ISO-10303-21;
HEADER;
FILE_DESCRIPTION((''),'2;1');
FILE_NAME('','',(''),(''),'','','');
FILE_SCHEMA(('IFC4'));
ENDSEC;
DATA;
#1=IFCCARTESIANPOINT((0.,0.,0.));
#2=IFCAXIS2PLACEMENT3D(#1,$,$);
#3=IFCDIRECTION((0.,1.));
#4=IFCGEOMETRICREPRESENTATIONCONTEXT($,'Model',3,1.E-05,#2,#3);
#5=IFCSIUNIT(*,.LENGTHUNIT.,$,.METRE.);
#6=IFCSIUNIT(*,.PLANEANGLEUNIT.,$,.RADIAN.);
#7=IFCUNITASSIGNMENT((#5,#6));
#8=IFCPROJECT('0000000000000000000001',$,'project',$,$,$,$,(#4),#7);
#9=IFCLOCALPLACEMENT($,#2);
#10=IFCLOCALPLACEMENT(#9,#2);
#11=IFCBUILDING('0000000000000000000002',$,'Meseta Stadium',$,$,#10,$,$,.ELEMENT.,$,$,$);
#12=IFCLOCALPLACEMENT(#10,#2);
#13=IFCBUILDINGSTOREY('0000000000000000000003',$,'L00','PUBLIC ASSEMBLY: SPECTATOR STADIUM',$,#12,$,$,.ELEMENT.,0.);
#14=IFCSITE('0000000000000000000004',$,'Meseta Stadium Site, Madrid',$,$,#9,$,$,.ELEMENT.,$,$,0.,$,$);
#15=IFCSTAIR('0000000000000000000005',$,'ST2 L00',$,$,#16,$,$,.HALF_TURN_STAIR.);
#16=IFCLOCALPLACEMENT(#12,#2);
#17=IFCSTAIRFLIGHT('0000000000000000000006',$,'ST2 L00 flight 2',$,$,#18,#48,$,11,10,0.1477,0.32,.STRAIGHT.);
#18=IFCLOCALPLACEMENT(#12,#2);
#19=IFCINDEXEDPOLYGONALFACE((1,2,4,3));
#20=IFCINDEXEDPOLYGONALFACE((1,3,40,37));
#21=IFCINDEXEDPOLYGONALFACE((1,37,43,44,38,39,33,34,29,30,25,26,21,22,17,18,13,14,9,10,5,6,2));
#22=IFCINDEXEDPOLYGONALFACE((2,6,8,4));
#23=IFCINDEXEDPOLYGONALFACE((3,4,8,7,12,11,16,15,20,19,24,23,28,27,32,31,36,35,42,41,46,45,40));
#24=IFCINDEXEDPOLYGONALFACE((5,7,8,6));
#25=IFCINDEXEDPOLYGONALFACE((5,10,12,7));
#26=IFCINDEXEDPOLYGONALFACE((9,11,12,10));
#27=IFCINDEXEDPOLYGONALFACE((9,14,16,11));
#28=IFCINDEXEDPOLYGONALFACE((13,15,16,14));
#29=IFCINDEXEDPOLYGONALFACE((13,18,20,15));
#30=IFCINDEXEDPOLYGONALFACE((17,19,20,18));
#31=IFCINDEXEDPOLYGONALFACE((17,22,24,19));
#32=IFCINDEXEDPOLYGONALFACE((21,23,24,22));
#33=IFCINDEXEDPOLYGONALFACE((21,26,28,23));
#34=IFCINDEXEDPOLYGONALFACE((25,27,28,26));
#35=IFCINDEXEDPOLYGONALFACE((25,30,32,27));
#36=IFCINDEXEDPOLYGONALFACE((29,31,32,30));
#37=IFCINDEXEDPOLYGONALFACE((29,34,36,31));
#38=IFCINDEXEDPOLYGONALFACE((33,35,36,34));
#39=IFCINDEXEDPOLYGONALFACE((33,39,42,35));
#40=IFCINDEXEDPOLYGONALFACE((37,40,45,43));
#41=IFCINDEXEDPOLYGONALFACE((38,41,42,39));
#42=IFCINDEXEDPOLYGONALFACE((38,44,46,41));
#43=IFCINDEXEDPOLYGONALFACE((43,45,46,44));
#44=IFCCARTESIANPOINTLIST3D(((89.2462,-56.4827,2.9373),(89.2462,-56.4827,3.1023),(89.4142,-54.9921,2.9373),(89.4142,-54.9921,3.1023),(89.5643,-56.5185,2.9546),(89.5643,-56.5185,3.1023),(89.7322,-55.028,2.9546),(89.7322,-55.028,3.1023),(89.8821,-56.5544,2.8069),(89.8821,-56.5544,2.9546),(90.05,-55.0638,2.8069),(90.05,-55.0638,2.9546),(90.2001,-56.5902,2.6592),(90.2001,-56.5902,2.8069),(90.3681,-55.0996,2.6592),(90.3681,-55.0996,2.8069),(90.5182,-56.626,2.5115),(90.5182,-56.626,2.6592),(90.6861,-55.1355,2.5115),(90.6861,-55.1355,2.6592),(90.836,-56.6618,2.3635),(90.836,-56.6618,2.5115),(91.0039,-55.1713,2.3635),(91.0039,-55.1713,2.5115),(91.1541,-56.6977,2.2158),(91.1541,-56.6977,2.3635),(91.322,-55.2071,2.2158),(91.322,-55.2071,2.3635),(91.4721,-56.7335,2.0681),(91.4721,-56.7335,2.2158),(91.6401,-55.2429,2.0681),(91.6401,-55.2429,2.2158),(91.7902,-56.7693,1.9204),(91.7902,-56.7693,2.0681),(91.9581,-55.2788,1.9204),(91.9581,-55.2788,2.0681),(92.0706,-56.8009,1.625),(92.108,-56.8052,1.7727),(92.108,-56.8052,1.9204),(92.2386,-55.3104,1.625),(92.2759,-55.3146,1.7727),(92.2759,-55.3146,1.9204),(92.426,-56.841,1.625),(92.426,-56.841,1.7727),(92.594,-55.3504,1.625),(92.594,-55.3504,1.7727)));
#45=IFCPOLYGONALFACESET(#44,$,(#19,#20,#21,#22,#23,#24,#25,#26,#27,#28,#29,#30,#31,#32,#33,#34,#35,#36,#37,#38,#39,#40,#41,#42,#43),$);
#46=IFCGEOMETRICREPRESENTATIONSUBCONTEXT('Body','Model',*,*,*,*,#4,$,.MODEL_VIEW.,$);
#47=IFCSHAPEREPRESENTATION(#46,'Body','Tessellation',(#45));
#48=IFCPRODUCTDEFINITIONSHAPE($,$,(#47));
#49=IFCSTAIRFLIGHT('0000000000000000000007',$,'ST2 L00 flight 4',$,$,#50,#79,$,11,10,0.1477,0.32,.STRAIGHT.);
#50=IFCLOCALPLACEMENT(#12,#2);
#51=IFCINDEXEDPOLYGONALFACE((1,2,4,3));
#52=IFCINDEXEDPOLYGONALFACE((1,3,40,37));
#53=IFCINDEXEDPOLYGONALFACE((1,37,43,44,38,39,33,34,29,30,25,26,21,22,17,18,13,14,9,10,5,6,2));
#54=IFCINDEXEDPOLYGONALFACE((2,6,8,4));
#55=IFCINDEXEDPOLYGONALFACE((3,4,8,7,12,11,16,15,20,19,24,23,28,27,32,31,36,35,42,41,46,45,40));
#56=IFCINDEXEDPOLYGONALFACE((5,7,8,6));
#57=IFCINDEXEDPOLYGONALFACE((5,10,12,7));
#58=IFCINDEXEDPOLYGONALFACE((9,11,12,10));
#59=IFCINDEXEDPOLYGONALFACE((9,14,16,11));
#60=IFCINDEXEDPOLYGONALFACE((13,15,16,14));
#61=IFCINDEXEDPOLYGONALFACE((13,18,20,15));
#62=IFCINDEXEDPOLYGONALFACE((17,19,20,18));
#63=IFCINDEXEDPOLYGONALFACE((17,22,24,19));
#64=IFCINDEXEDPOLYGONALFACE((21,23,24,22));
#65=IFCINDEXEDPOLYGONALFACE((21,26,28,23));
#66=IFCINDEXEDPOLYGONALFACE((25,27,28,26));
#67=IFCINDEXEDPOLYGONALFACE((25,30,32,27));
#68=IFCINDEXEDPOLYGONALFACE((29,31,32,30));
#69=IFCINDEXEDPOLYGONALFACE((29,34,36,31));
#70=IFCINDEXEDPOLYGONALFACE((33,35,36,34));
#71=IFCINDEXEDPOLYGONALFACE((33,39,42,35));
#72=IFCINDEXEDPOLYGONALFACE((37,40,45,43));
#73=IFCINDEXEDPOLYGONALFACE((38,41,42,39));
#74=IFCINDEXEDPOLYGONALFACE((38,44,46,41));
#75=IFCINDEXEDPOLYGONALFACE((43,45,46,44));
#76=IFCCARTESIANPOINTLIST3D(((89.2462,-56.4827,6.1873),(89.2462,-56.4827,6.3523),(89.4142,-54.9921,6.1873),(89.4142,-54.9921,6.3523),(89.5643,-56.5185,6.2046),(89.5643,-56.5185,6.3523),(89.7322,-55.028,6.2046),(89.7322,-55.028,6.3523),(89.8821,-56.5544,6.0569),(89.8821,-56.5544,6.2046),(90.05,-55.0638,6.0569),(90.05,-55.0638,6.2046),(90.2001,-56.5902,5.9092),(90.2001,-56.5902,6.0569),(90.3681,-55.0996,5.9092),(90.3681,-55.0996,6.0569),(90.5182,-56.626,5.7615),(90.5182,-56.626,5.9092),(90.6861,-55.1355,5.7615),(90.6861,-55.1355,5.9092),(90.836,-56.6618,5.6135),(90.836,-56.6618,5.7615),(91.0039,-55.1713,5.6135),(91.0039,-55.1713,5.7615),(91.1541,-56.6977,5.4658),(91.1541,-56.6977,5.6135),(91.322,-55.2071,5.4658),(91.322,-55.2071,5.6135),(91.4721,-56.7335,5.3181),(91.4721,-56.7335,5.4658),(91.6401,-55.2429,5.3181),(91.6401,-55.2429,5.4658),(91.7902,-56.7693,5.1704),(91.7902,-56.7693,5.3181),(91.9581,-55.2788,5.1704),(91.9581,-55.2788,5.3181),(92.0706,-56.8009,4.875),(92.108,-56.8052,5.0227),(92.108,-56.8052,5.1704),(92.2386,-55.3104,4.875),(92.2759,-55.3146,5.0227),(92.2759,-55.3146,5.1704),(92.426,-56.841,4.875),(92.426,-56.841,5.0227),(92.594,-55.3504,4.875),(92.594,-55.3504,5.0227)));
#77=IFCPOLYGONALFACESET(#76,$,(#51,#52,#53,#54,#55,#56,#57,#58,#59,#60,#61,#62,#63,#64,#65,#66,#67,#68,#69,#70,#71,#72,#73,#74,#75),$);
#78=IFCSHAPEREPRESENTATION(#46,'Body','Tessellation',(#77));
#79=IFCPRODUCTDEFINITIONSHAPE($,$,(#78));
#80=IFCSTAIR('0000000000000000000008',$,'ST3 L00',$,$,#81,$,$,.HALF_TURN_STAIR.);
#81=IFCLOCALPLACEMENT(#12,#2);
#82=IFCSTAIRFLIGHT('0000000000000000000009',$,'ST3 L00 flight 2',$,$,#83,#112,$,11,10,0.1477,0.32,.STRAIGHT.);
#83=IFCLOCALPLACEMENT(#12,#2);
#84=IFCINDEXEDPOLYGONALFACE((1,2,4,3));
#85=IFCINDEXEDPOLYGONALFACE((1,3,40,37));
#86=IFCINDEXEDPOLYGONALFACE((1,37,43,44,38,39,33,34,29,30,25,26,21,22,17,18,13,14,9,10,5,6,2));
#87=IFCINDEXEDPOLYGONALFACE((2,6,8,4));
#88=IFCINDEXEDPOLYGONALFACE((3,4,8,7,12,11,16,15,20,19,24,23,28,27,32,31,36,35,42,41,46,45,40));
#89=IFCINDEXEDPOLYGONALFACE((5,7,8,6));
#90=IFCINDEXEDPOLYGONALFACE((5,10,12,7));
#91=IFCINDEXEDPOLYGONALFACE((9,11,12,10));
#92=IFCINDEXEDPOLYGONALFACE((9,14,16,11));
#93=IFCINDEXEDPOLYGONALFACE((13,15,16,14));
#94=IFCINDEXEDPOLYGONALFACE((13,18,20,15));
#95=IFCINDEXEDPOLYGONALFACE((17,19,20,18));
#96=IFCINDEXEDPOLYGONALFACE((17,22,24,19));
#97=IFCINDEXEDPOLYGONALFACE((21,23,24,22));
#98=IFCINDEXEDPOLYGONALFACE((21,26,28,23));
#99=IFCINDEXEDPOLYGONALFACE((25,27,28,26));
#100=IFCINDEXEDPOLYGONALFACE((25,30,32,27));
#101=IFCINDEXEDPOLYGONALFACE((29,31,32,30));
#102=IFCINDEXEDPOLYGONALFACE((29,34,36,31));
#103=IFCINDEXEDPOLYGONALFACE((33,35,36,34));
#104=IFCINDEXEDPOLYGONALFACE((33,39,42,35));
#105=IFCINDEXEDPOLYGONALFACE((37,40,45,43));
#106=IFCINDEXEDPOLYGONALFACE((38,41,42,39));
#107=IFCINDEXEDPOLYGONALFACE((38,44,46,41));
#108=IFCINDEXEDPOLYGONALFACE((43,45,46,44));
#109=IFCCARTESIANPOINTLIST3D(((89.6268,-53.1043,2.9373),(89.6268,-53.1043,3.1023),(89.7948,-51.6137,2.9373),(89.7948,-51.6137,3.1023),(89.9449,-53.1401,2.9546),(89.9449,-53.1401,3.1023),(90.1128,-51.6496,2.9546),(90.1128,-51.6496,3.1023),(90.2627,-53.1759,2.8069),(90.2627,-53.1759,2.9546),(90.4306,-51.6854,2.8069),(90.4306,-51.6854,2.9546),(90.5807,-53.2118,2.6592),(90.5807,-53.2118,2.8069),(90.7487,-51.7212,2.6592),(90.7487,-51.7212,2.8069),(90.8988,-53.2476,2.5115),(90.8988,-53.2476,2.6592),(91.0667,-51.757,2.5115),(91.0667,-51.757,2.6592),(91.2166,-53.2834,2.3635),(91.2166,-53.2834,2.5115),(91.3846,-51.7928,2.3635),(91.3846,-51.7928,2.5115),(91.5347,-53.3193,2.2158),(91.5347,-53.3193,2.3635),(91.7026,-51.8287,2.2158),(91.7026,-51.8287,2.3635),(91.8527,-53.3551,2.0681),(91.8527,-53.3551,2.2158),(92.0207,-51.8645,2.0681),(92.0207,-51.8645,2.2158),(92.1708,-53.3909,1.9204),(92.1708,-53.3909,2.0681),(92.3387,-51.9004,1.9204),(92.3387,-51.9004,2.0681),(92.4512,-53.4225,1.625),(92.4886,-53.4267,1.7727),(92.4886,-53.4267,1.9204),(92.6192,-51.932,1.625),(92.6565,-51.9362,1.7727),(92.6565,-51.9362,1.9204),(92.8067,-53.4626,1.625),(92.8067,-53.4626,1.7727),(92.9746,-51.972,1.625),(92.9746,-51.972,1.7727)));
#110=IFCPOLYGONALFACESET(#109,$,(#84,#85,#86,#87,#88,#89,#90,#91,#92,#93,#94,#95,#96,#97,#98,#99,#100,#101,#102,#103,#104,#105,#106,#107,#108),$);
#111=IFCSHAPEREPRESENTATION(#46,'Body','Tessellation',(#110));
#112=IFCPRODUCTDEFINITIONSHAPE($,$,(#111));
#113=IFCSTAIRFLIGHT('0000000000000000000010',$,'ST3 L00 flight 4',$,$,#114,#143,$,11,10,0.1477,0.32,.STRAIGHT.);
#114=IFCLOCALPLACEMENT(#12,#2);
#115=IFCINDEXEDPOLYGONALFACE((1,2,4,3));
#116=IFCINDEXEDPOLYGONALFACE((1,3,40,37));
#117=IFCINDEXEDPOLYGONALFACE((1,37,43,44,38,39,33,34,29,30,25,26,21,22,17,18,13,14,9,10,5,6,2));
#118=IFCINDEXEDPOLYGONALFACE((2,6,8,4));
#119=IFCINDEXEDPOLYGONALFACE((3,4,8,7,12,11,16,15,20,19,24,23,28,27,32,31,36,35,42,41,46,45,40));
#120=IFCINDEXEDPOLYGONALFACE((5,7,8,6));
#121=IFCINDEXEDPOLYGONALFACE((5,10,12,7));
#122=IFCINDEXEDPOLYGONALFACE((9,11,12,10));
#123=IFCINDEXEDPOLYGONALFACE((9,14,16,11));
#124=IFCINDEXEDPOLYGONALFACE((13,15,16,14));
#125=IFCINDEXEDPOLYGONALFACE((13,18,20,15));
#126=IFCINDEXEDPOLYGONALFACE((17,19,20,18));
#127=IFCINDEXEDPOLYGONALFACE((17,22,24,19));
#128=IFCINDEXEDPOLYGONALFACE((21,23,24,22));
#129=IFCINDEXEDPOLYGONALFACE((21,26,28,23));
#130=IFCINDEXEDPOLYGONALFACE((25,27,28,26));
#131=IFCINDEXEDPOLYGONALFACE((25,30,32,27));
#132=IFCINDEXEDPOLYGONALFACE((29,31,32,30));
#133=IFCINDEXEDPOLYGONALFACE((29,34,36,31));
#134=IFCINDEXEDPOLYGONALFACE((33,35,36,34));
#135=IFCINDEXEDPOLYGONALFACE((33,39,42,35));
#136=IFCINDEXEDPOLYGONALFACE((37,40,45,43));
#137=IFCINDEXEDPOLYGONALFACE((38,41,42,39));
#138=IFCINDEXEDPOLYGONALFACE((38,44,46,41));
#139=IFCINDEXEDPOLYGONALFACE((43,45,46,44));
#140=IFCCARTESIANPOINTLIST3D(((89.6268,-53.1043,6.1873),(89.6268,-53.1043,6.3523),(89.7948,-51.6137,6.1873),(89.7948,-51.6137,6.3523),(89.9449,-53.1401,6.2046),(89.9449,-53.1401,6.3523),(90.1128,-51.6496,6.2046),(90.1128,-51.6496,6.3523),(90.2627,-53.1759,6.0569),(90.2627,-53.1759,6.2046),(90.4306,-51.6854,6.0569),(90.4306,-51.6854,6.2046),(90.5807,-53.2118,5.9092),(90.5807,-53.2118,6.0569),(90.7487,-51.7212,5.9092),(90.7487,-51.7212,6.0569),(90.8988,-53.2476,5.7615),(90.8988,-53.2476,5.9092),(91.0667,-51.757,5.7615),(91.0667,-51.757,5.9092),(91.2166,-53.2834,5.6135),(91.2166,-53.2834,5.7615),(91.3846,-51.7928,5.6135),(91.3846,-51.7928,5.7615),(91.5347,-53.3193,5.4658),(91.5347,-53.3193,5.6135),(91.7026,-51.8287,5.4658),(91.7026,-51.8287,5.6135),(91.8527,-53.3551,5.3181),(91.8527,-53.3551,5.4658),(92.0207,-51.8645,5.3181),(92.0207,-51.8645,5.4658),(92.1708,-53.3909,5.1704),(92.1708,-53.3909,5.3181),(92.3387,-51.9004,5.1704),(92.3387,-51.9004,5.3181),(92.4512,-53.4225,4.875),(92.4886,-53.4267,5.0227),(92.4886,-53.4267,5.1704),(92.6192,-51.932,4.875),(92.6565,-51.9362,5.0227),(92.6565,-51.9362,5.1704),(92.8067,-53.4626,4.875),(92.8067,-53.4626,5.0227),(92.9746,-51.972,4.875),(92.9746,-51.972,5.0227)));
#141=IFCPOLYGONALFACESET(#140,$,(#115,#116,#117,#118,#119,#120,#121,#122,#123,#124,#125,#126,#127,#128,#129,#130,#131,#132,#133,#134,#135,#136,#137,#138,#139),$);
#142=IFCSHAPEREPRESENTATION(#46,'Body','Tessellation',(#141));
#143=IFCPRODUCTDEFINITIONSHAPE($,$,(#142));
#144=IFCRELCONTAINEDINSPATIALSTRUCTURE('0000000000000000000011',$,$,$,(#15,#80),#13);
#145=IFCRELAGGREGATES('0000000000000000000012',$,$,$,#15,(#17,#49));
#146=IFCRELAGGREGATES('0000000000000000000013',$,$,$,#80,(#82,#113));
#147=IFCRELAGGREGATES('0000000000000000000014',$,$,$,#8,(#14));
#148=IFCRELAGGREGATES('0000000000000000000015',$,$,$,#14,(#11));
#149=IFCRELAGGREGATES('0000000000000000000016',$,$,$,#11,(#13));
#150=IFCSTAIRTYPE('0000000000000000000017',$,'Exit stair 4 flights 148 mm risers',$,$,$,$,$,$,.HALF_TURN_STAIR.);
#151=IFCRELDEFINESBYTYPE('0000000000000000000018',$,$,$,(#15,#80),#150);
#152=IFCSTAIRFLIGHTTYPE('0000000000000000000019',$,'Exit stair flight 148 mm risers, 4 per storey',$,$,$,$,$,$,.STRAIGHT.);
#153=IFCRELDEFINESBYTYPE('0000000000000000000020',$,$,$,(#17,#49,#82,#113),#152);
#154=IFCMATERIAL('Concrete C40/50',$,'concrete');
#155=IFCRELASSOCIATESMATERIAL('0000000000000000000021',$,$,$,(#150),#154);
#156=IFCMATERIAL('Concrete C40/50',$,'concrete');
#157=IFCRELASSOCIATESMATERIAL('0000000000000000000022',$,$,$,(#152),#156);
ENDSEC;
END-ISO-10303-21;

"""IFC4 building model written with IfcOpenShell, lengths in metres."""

from ifc_helpers import new_model, si_unit, direction, frame, origin, place, context, subcontext, project, spatial, polyline, outline, extrude, material, type_object, element, aggregate, save


model = new_model("IFC4")

# Units and contexts
model_context = context("Model", 3, precision=1e-05, world=origin(), true_north=direction((0.0, 1.0)))
body_context = subcontext(model_context, "Body", "Model", "MODEL_VIEW")
ifc_project = project(units=[si_unit("LENGTHUNIT", "METRE"), si_unit("PLANEANGLEUNIT", "RADIAN")], contexts=[model_context])

# Site, building, storey
site_placement = place(None, origin())
site = spatial("IfcSite", under=ifc_project, at=site_placement, Name="Meseta Stadium Site, Madrid", CompositionType="ELEMENT", RefElevation=0.0)
building_placement = place(site_placement, origin())
building = spatial("IfcBuilding", under=site, at=building_placement, Name="Meseta Stadium", CompositionType="ELEMENT")
storey_placement = place(building_placement, origin())
storey = spatial("IfcBuildingStorey", under=building, at=storey_placement, Name="L00", Description="PUBLIC ASSEMBLY: SPECTATOR STADIUM", CompositionType="ELEMENT", Elevation=0.0)

# Stairs, stair flights
ifc_material_1 = material(Name="Concrete C40/50", Category="concrete")
stair_type = type_object("IfcStairType", Name="Exit stair 4 flights 148 mm risers", PredefinedType="HALF_TURN_STAIR", material=ifc_material_1)
stair_1_placement = place(storey_placement, origin())
stair_1 = element("IfcStair", 1, at=stair_1_placement, inside=storey, type_object=stair_type, Name="ST2 L00", PredefinedType="HALF_TURN_STAIR")
ifc_material_2 = material(Name="Concrete C40/50", Category="concrete")
stair_flight_type = type_object("IfcStairFlightType", Name="Exit stair flight 148 mm risers, 4 per storey", PredefinedType="STRAIGHT", material=ifc_material_2)
stair_flight_1_placement = place(storey_placement, frame((92.51, -56.0957, 1.625), z_axis=(0.0, 0.0, 1.0), x_axis=(-0.993712, 0.111964, 0.0)))
stair_flight_1 = element("IfcStairFlight", 2, at=stair_flight_1_placement, type_object=stair_flight_type, Name="ST2 L00 flight 2", NumberOfRisers=11, NumberOfTreads=10, PredefinedType="STRAIGHT", RiserHeight=0.1477, TreadLength=0.32, context=body_context, shape_type="SweptSolid", body=[
    extrude(outline(polyline([(0.0, 0.0), (0.0, 0.1477), (0.3201, 0.1477), (0.3201, 0.2954), (0.6399, 0.2954), (0.6399, 0.4431), (0.96, 0.4431), (0.96, 0.5908), (1.28, 0.5908), (1.28, 0.7385), (1.6001, 0.7385), (1.6001, 0.8865), (1.9199, 0.8865), (1.9199, 1.0342), (2.24, 1.0342), (2.24, 1.1819), (2.5601, 1.1819), (2.5601, 1.3296), (2.8799, 1.3296), (2.8799, 1.4773), (3.2, 1.4773), (3.2, 1.3123), (0.3577, 0.0), (0.0, 0.0)])), frame((0.0, 0.75, 0.0), z_axis=(0.0, -1.0, 0.0), x_axis=(1.0, 0.0, 0.0)), (0.0, 0.0, 1.0), 1.5),
])
stair_flight_2_placement = place(storey_placement, frame((92.51, -56.0957, 4.875), z_axis=(0.0, 0.0, 1.0), x_axis=(-0.993712, 0.111964, 0.0)))
stair_flight_2 = element("IfcStairFlight", 3, at=stair_flight_2_placement, type_object=stair_flight_type, Name="ST2 L00 flight 4", NumberOfRisers=11, NumberOfTreads=10, PredefinedType="STRAIGHT", RiserHeight=0.1477, TreadLength=0.32, context=body_context, shape_type="SweptSolid", body=[
    extrude(outline(polyline([(0.0, 0.0), (0.0, 0.1477), (0.3201, 0.1477), (0.3201, 0.2954), (0.6399, 0.2954), (0.6399, 0.4431), (0.96, 0.4431), (0.96, 0.5908), (1.28, 0.5908), (1.28, 0.7385), (1.6001, 0.7385), (1.6001, 0.8865), (1.9199, 0.8865), (1.9199, 1.0342), (2.24, 1.0342), (2.24, 1.1819), (2.5601, 1.1819), (2.5601, 1.3296), (2.8799, 1.3296), (2.8799, 1.4773), (3.2, 1.4773), (3.2, 1.3123), (0.3577, 0.0), (0.0, 0.0)])), frame((0.0, 0.75, 0.0), z_axis=(0.0, -1.0, 0.0), x_axis=(1.0, 0.0, 0.0)), (0.0, 0.0, 1.0), 1.5),
])
aggregate(stair_1, [stair_flight_1, stair_flight_2])
stair_2_placement = place(storey_placement, origin())
stair_2 = element("IfcStair", 4, at=stair_2_placement, inside=storey, type_object=stair_type, Name="ST3 L00", PredefinedType="HALF_TURN_STAIR")
stair_flight_3_placement = place(storey_placement, frame((92.8906, -52.7173, 1.625), z_axis=(0.0, 0.0, 1.0), x_axis=(-0.993712, 0.111964, 0.0)))
stair_flight_3 = element("IfcStairFlight", 5, at=stair_flight_3_placement, type_object=stair_flight_type, Name="ST3 L00 flight 2", NumberOfRisers=11, NumberOfTreads=10, PredefinedType="STRAIGHT", RiserHeight=0.1477, TreadLength=0.32, context=body_context, shape_type="SweptSolid", body=[
    extrude(outline(polyline([(0.0, 0.0), (0.0, 0.1477), (0.3201, 0.1477), (0.3201, 0.2954), (0.6399, 0.2954), (0.6399, 0.4431), (0.96, 0.4431), (0.96, 0.5908), (1.28, 0.5908), (1.28, 0.7385), (1.6001, 0.7385), (1.6001, 0.8865), (1.9199, 0.8865), (1.9199, 1.0342), (2.24, 1.0342), (2.24, 1.1819), (2.5601, 1.1819), (2.5601, 1.3296), (2.8799, 1.3296), (2.8799, 1.4773), (3.2, 1.4773), (3.2, 1.3123), (0.3577, 0.0), (0.0, 0.0)])), frame((0.0, 0.75, 0.0), z_axis=(0.0, -1.0, 0.0), x_axis=(1.0, 0.0, 0.0)), (0.0, 0.0, 1.0), 1.5),
])
stair_flight_4_placement = place(storey_placement, frame((92.8906, -52.7173, 4.875), z_axis=(0.0, 0.0, 1.0), x_axis=(-0.993712, 0.111964, 0.0)))
stair_flight_4 = element("IfcStairFlight", 6, at=stair_flight_4_placement, type_object=stair_flight_type, Name="ST3 L00 flight 4", NumberOfRisers=11, NumberOfTreads=10, PredefinedType="STRAIGHT", RiserHeight=0.1477, TreadLength=0.32, context=body_context, shape_type="SweptSolid", body=[
    extrude(outline(polyline([(0.0, 0.0), (0.0, 0.1477), (0.3201, 0.1477), (0.3201, 0.2954), (0.6399, 0.2954), (0.6399, 0.4431), (0.96, 0.4431), (0.96, 0.5908), (1.28, 0.5908), (1.28, 0.7385), (1.6001, 0.7385), (1.6001, 0.8865), (1.9199, 0.8865), (1.9199, 1.0342), (2.24, 1.0342), (2.24, 1.1819), (2.5601, 1.1819), (2.5601, 1.3296), (2.8799, 1.3296), (2.8799, 1.4773), (3.2, 1.4773), (3.2, 1.3123), (0.3577, 0.0), (0.0, 0.0)])), frame((0.0, 0.75, 0.0), z_axis=(0.0, -1.0, 0.0), x_axis=(1.0, 0.0, 0.0)), (0.0, 0.0, 1.0), 1.5),
])
aggregate(stair_2, [stair_flight_3, stair_flight_4])

save(model, "model.ifc")
